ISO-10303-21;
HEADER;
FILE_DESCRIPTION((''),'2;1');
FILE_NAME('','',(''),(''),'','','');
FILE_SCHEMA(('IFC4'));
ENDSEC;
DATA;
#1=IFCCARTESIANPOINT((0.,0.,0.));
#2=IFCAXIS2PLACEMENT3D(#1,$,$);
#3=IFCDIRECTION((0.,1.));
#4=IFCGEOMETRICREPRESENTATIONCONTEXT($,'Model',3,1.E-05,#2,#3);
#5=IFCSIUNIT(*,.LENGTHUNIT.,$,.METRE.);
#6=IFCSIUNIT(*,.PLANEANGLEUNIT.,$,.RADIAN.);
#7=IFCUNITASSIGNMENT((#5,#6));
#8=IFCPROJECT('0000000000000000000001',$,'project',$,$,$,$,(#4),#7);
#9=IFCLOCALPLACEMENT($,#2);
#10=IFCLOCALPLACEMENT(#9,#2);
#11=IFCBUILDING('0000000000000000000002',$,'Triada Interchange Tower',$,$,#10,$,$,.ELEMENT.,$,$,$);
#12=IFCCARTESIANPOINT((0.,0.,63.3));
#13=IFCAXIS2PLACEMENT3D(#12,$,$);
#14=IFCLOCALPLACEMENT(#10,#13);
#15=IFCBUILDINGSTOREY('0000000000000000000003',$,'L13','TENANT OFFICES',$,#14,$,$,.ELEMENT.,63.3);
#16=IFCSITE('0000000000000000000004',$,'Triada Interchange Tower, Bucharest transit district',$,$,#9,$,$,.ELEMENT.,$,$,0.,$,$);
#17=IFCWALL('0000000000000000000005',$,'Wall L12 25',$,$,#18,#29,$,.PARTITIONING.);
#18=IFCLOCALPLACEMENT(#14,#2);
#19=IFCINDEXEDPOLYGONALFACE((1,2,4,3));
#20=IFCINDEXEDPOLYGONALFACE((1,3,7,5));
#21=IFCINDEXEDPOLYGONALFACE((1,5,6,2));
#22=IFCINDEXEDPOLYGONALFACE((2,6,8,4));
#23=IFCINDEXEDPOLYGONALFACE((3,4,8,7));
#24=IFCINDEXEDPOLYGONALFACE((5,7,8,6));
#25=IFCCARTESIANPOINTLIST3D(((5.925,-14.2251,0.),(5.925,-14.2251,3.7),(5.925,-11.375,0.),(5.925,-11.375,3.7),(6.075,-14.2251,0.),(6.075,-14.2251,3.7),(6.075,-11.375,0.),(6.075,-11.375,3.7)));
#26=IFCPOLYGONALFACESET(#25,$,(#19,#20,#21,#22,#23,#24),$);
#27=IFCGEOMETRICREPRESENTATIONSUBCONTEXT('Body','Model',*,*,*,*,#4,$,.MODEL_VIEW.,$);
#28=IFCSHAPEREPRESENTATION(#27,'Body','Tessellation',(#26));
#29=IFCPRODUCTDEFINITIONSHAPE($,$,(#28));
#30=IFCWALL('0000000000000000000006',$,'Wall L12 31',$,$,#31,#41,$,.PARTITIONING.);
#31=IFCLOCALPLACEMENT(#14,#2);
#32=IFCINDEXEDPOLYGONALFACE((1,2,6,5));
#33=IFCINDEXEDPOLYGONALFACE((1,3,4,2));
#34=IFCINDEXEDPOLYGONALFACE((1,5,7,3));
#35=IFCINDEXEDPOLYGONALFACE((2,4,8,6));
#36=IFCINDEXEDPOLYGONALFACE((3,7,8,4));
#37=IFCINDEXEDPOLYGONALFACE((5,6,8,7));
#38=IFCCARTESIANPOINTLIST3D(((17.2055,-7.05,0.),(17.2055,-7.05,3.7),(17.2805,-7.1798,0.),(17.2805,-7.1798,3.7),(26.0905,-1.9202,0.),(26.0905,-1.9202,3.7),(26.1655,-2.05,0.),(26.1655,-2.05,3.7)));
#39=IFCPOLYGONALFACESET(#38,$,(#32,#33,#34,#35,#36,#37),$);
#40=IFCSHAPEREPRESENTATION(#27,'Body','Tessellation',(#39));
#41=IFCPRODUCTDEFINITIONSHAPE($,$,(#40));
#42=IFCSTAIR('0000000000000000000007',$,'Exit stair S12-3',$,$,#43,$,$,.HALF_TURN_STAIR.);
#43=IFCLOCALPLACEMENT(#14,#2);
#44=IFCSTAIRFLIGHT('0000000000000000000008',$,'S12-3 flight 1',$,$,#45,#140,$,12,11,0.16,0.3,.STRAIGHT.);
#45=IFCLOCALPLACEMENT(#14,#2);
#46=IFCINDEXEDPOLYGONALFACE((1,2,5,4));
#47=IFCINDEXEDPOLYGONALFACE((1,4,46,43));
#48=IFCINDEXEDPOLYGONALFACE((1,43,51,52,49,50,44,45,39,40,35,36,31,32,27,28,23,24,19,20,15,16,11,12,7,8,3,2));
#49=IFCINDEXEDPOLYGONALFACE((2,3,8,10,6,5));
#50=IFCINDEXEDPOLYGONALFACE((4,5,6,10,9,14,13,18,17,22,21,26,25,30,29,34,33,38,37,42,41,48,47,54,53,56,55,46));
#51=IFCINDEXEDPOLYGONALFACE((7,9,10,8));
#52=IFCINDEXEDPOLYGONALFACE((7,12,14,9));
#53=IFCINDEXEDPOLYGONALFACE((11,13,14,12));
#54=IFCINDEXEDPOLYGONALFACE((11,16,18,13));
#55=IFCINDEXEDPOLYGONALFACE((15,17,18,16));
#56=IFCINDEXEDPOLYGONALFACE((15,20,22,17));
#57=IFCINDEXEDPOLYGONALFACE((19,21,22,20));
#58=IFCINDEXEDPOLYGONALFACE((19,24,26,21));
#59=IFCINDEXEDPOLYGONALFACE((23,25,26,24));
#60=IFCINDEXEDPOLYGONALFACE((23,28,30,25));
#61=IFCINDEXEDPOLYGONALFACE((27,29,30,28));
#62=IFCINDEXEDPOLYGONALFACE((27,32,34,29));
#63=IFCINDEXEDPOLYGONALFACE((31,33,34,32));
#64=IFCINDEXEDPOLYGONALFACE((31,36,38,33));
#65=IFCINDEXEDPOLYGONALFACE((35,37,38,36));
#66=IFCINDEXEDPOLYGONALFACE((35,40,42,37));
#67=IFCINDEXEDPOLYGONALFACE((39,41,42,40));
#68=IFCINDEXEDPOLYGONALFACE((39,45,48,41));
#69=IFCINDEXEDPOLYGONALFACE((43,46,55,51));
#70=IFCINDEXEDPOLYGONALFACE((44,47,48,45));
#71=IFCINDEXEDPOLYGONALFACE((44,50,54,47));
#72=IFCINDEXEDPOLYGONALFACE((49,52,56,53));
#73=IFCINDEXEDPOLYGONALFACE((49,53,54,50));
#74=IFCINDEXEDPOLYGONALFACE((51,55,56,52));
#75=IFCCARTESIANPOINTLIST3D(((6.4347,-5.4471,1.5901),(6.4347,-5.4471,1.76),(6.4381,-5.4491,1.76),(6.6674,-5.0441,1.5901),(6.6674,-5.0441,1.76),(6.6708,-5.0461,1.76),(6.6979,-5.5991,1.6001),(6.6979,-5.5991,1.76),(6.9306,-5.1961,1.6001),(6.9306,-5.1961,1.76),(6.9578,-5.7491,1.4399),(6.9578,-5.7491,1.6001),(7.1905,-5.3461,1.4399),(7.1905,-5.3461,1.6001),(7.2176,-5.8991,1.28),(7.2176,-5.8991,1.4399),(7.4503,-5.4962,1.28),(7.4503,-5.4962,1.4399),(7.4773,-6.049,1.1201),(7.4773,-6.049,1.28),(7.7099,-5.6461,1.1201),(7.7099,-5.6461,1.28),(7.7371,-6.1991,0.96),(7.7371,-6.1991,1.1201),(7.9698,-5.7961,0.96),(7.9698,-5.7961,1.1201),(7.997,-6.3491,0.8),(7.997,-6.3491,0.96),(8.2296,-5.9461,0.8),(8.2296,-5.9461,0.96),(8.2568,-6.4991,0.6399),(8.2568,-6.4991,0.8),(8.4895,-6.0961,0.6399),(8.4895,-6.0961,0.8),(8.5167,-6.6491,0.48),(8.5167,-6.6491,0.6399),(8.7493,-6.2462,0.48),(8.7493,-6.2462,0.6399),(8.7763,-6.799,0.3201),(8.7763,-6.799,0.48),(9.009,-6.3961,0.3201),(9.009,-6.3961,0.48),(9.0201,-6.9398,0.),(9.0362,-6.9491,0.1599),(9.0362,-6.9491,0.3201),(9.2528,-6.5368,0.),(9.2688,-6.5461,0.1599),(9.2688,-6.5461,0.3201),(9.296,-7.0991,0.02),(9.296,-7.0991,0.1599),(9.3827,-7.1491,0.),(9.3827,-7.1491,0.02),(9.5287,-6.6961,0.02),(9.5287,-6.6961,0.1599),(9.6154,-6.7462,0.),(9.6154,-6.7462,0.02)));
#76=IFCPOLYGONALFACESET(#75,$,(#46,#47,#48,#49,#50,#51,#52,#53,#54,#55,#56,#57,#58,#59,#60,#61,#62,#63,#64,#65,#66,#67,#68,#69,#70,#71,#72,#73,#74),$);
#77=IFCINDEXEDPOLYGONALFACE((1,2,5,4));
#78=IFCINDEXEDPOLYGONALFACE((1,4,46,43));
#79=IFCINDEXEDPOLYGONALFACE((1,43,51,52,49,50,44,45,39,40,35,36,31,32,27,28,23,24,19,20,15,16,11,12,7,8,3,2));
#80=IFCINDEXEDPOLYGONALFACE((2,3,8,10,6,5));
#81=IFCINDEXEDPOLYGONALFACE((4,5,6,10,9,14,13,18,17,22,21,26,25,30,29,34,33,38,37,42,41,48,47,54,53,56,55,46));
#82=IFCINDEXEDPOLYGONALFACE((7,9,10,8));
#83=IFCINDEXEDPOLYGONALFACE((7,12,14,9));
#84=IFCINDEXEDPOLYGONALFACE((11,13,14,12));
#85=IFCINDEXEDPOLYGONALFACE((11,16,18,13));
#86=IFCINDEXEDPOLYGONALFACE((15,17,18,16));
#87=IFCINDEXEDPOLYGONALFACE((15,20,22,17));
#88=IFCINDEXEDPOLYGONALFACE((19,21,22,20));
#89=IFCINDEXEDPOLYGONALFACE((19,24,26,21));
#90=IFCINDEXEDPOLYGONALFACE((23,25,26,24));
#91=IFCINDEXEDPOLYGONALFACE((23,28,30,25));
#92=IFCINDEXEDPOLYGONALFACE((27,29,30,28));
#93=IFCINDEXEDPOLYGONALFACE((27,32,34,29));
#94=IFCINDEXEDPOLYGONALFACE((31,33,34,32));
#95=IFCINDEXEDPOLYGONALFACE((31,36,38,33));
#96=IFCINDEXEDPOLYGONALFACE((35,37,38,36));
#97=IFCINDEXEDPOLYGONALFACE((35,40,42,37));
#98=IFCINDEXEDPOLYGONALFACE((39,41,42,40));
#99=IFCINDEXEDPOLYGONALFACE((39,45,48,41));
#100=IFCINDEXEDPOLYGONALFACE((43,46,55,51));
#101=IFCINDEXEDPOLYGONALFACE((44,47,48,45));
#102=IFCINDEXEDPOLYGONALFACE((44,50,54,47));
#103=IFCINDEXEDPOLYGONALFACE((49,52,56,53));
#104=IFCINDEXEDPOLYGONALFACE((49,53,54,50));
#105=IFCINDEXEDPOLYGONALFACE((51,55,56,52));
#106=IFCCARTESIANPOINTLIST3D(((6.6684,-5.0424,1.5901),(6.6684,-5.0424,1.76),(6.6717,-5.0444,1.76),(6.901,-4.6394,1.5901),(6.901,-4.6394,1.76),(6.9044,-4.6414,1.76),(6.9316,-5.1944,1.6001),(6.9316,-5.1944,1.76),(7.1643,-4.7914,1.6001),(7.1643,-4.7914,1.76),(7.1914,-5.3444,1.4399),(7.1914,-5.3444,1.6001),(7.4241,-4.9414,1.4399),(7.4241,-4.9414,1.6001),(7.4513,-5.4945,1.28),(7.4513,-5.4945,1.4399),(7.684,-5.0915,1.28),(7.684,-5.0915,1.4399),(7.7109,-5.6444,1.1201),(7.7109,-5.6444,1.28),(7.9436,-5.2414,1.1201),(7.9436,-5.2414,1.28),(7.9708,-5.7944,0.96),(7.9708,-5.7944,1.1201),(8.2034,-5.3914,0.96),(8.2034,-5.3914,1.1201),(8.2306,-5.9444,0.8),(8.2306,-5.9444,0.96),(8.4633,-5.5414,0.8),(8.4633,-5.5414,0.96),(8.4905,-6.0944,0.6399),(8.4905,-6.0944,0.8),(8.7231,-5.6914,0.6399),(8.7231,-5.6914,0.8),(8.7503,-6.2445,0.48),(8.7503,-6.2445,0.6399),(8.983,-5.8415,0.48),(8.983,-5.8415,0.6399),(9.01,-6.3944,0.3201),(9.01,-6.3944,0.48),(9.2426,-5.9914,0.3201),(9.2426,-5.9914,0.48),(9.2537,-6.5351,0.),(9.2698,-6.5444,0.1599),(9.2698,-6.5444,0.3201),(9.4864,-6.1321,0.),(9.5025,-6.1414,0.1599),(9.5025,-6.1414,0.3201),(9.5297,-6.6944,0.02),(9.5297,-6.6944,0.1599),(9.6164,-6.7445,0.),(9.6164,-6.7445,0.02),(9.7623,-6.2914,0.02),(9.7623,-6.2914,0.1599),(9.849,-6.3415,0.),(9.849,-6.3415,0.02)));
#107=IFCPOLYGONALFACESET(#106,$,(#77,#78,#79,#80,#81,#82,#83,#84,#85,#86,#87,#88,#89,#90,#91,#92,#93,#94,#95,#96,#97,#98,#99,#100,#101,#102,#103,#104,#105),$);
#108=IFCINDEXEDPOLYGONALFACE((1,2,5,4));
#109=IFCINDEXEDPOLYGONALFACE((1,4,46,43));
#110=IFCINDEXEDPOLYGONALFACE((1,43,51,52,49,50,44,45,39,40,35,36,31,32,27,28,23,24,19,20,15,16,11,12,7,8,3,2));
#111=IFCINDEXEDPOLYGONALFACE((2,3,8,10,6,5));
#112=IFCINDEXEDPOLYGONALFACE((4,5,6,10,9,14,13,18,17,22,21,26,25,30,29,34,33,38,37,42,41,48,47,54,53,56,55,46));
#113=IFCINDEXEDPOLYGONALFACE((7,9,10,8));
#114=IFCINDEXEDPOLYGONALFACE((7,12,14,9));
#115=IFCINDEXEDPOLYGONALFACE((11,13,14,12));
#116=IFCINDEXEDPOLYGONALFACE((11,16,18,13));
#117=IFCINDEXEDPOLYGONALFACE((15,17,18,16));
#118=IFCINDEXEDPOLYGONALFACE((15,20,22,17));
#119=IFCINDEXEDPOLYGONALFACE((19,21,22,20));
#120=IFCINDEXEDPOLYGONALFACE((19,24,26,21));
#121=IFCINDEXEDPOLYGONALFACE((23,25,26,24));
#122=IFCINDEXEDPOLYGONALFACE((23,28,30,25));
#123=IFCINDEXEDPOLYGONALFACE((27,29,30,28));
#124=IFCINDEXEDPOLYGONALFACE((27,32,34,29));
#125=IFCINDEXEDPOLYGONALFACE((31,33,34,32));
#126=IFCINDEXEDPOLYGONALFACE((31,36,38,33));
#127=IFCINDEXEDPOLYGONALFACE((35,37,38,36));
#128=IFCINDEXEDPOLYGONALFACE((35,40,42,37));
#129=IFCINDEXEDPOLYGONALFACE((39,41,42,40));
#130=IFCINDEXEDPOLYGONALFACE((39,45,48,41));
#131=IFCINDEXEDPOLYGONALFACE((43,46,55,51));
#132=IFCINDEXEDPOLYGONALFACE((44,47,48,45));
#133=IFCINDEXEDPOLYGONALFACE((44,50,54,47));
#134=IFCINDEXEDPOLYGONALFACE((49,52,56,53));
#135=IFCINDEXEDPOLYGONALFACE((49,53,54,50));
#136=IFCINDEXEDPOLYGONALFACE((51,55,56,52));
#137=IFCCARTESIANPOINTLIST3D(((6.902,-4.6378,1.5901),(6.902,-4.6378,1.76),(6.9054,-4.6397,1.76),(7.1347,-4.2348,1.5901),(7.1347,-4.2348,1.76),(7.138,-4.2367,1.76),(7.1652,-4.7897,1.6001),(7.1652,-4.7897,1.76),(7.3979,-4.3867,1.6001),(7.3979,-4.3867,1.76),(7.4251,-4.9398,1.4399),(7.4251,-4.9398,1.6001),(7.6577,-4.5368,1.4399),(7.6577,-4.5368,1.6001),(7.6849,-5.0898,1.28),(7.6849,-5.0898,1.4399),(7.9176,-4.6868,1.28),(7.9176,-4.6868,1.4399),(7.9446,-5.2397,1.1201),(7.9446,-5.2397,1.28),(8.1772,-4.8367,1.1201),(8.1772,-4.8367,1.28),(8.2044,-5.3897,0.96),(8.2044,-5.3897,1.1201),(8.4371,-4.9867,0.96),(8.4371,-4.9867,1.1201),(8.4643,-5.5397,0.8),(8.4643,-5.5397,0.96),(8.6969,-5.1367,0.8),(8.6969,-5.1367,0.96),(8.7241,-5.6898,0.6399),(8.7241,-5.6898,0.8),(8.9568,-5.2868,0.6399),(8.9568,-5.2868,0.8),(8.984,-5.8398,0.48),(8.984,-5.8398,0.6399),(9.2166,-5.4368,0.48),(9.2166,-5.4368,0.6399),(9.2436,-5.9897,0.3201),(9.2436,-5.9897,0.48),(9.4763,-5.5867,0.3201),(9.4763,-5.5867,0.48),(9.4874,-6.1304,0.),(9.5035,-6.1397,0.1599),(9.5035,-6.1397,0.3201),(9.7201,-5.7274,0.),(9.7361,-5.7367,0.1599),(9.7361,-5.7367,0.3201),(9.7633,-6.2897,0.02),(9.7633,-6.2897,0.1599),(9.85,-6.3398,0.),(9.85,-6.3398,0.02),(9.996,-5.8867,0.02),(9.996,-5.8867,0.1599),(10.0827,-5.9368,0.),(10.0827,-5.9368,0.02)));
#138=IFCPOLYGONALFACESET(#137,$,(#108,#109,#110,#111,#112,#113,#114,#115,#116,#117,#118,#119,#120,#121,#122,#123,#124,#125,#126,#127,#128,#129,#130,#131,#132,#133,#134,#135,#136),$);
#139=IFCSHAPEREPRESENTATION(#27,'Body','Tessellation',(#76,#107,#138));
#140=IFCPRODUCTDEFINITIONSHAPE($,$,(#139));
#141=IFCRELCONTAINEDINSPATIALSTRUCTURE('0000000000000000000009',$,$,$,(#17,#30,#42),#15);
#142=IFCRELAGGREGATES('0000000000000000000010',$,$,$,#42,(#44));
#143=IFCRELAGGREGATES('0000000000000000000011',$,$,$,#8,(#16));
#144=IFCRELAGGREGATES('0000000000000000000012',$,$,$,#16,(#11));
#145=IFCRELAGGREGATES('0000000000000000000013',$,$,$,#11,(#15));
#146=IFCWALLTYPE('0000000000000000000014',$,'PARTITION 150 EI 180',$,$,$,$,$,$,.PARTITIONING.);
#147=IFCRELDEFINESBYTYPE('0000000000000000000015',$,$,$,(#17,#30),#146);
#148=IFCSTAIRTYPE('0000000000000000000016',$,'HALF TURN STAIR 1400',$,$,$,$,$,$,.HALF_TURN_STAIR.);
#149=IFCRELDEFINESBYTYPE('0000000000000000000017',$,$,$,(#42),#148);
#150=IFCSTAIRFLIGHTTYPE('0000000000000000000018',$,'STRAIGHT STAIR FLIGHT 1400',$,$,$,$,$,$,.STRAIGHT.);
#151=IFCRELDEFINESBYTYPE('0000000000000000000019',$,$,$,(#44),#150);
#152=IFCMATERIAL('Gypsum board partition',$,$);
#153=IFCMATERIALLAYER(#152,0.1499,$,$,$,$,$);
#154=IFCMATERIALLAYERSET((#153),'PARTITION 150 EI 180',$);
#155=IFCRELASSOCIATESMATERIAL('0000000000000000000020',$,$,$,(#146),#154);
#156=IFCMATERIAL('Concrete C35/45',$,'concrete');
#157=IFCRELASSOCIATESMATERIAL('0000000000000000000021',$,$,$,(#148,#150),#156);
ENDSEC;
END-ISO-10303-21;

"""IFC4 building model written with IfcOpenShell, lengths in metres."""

from ifc_helpers import new_model, si_unit, direction, frame, frame_2d, origin, place, context, subcontext, project, spatial, polyline, rectangle, outline, extrude, material, layer, layer_set, type_object, element, aggregate, save


model = new_model("IFC4")

# Units and contexts
model_context = context("Model", 3, precision=1e-05, world=origin(), true_north=direction((0.0, 1.0)))
body_context = subcontext(model_context, "Body", "Model", "MODEL_VIEW")
ifc_project = project(units=[si_unit("LENGTHUNIT", "METRE"), si_unit("PLANEANGLEUNIT", "RADIAN")], contexts=[model_context])

# Site, building, storey
site_placement = place(None, origin())
site = spatial("IfcSite", under=ifc_project, at=site_placement, Name="Triada Interchange Tower, Bucharest transit district", CompositionType="ELEMENT", RefElevation=0.0)
building_placement = place(site_placement, origin())
building = spatial("IfcBuilding", under=site, at=building_placement, Name="Triada Interchange Tower", CompositionType="ELEMENT")
storey_placement = place(building_placement, frame((0.0, 0.0, 63.3)))
storey = spatial("IfcBuildingStorey", under=building, at=storey_placement, Name="L13", Description="TENANT OFFICES", CompositionType="ELEMENT", Elevation=63.3)

# Walls
ifc_material_1 = material(Name="Gypsum board partition")
ifc_layer_1 = layer(ifc_material_1, 0.1499)
ifc_layer_set_1 = layer_set([ifc_layer_1], Name="PARTITION 150 EI 180")
wall_type_1 = type_object("IfcWallType", Name="PARTITION 150 EI 180", PredefinedType="PARTITIONING", material=ifc_layer_set_1)
wall_1_placement = place(storey_placement, frame((6.0, -14.2251, 0.0), z_axis=(0.0, 0.0, 1.0), x_axis=(0.0, 1.0, 0.0)))
element("IfcWall", 1, at=wall_1_placement, inside=storey, type_object=wall_type_1, Name="Wall L12 25", PredefinedType="PARTITIONING", context=body_context, shape_type="SweptSolid", body=[
    extrude(rectangle(XDim=2.8501, YDim=0.1499, at=frame_2d((1.425, 0.0))), origin(), (0.0, 0.0, 1.0), 3.7),
])
wall_2_placement = place(storey_placement, frame((17.2429, -7.115, 0.0), z_axis=(0.0, 0.0, 1.0), x_axis=(0.86602, 0.500009, 0.0)))
element("IfcWall", 2, at=wall_2_placement, inside=storey, type_object=wall_type_1, Name="Wall L12 31", PredefinedType="PARTITIONING", context=body_context, shape_type="SweptSolid", body=[
    extrude(rectangle(XDim=10.2595, YDim=0.1499, at=frame_2d((5.1299, 0.0))), origin(), (0.0, 0.0, 1.0), 3.7),
])

# Stair, stair flight
ifc_material_2 = material(Name="Concrete C35/45", Category="concrete")
stair_type = type_object("IfcStairType", Name="HALF TURN STAIR 1400", PredefinedType="HALF_TURN_STAIR", material=ifc_material_2)
stair_placement = place(storey_placement, origin())
stair = element("IfcStair", 3, at=stair_placement, inside=storey, type_object=stair_type, Name="Exit stair S12-3", PredefinedType="HALF_TURN_STAIR")
stair_flight_type = type_object("IfcStairFlightType", Name="STRAIGHT STAIR FLIGHT 1400", PredefinedType="STRAIGHT", material=ifc_material_2)
stair_flight_1_placement = place(storey_placement, frame((9.646, -6.4929, 0.0), z_axis=(0.0, 0.0, 1.0), x_axis=(-0.866025, 0.5, 0.0)))
stair_flight_1 = element("IfcStairFlight", 4, at=stair_flight_1_placement, type_object=stair_flight_type, Name="S12-3 flight 1", NumberOfRisers=12, NumberOfTreads=11, PredefinedType="STRAIGHT", RiserHeight=0.16, TreadLength=0.3, context=body_context, shape_type="SweptSolid", body=[
    extrude(outline(polyline([(-0.1001, 0.0), (-0.1001, 0.02), (0.0, 0.02), (0.0, 0.1599), (0.3, 0.1599), (0.3, 0.3201), (0.6001, 0.3201), (0.6001, 0.48), (0.8999, 0.48), (0.8999, 0.6399), (1.2, 0.6399), (1.2, 0.8), (1.5, 0.8), (1.5, 0.96), (1.8, 0.96), (1.8, 1.1201), (2.1001, 1.1201), (2.1001, 1.28), (2.3999, 1.28), (2.3999, 1.4399), (2.7, 1.4399), (2.7, 1.6001), (3.0, 1.6001), (3.0, 1.76), (3.3, 1.76), (3.304, 1.76), (3.304, 1.9199), (3.304, 1.5901), (0.3186, 0.0), (-0.1001, 0.0)])), frame((0.0, 0.7, 0.0), z_axis=(0.0, -1.0, 0.0), x_axis=(1.0, 0.0, 0.0)), (0.0, 0.0, 1.0), 0.4653),
    extrude(outline(polyline([(-0.1001, 0.0), (-0.1001, 0.02), (0.0, 0.02), (0.0, 0.1599), (0.3, 0.1599), (0.3, 0.3201), (0.6001, 0.3201), (0.6001, 0.48), (0.8999, 0.48), (0.8999, 0.6399), (1.2, 0.6399), (1.2, 0.8), (1.5, 0.8), (1.5, 0.96), (1.8, 0.96), (1.8, 1.1201), (2.1001, 1.1201), (2.1001, 1.28), (2.3999, 1.28), (2.3999, 1.4399), (2.7, 1.4399), (2.7, 1.6001), (3.0, 1.6001), (3.0, 1.76), (3.3, 1.76), (3.304, 1.76), (3.304, 1.9199), (3.304, 1.5901), (0.3186, 0.0), (-0.1001, 0.0)])), frame((0.0, 0.2327, 0.0), z_axis=(0.0, -1.0, 0.0), x_axis=(1.0, 0.0, 0.0)), (0.0, 0.0, 1.0), 0.4653),
    extrude(outline(polyline([(-0.1001, 0.0), (-0.1001, 0.02), (0.0, 0.02), (0.0, 0.1599), (0.3, 0.1599), (0.3, 0.3201), (0.6001, 0.3201), (0.6001, 0.48), (0.8999, 0.48), (0.8999, 0.6399), (1.2, 0.6399), (1.2, 0.8), (1.5, 0.8), (1.5, 0.96), (1.8, 0.96), (1.8, 1.1201), (2.1001, 1.1201), (2.1001, 1.28), (2.3999, 1.28), (2.3999, 1.4399), (2.7, 1.4399), (2.7, 1.6001), (3.0, 1.6001), (3.0, 1.76), (3.3, 1.76), (3.304, 1.76), (3.304, 1.9199), (3.304, 1.5901), (0.3186, 0.0), (-0.1001, 0.0)])), frame((0.0, -0.2346, 0.0), z_axis=(0.0, -1.0, 0.0), x_axis=(1.0, 0.0, 0.0)), (0.0, 0.0, 1.0), 0.4653),
])
aggregate(stair, [stair_flight_1])

save(model, "model.ifc")
